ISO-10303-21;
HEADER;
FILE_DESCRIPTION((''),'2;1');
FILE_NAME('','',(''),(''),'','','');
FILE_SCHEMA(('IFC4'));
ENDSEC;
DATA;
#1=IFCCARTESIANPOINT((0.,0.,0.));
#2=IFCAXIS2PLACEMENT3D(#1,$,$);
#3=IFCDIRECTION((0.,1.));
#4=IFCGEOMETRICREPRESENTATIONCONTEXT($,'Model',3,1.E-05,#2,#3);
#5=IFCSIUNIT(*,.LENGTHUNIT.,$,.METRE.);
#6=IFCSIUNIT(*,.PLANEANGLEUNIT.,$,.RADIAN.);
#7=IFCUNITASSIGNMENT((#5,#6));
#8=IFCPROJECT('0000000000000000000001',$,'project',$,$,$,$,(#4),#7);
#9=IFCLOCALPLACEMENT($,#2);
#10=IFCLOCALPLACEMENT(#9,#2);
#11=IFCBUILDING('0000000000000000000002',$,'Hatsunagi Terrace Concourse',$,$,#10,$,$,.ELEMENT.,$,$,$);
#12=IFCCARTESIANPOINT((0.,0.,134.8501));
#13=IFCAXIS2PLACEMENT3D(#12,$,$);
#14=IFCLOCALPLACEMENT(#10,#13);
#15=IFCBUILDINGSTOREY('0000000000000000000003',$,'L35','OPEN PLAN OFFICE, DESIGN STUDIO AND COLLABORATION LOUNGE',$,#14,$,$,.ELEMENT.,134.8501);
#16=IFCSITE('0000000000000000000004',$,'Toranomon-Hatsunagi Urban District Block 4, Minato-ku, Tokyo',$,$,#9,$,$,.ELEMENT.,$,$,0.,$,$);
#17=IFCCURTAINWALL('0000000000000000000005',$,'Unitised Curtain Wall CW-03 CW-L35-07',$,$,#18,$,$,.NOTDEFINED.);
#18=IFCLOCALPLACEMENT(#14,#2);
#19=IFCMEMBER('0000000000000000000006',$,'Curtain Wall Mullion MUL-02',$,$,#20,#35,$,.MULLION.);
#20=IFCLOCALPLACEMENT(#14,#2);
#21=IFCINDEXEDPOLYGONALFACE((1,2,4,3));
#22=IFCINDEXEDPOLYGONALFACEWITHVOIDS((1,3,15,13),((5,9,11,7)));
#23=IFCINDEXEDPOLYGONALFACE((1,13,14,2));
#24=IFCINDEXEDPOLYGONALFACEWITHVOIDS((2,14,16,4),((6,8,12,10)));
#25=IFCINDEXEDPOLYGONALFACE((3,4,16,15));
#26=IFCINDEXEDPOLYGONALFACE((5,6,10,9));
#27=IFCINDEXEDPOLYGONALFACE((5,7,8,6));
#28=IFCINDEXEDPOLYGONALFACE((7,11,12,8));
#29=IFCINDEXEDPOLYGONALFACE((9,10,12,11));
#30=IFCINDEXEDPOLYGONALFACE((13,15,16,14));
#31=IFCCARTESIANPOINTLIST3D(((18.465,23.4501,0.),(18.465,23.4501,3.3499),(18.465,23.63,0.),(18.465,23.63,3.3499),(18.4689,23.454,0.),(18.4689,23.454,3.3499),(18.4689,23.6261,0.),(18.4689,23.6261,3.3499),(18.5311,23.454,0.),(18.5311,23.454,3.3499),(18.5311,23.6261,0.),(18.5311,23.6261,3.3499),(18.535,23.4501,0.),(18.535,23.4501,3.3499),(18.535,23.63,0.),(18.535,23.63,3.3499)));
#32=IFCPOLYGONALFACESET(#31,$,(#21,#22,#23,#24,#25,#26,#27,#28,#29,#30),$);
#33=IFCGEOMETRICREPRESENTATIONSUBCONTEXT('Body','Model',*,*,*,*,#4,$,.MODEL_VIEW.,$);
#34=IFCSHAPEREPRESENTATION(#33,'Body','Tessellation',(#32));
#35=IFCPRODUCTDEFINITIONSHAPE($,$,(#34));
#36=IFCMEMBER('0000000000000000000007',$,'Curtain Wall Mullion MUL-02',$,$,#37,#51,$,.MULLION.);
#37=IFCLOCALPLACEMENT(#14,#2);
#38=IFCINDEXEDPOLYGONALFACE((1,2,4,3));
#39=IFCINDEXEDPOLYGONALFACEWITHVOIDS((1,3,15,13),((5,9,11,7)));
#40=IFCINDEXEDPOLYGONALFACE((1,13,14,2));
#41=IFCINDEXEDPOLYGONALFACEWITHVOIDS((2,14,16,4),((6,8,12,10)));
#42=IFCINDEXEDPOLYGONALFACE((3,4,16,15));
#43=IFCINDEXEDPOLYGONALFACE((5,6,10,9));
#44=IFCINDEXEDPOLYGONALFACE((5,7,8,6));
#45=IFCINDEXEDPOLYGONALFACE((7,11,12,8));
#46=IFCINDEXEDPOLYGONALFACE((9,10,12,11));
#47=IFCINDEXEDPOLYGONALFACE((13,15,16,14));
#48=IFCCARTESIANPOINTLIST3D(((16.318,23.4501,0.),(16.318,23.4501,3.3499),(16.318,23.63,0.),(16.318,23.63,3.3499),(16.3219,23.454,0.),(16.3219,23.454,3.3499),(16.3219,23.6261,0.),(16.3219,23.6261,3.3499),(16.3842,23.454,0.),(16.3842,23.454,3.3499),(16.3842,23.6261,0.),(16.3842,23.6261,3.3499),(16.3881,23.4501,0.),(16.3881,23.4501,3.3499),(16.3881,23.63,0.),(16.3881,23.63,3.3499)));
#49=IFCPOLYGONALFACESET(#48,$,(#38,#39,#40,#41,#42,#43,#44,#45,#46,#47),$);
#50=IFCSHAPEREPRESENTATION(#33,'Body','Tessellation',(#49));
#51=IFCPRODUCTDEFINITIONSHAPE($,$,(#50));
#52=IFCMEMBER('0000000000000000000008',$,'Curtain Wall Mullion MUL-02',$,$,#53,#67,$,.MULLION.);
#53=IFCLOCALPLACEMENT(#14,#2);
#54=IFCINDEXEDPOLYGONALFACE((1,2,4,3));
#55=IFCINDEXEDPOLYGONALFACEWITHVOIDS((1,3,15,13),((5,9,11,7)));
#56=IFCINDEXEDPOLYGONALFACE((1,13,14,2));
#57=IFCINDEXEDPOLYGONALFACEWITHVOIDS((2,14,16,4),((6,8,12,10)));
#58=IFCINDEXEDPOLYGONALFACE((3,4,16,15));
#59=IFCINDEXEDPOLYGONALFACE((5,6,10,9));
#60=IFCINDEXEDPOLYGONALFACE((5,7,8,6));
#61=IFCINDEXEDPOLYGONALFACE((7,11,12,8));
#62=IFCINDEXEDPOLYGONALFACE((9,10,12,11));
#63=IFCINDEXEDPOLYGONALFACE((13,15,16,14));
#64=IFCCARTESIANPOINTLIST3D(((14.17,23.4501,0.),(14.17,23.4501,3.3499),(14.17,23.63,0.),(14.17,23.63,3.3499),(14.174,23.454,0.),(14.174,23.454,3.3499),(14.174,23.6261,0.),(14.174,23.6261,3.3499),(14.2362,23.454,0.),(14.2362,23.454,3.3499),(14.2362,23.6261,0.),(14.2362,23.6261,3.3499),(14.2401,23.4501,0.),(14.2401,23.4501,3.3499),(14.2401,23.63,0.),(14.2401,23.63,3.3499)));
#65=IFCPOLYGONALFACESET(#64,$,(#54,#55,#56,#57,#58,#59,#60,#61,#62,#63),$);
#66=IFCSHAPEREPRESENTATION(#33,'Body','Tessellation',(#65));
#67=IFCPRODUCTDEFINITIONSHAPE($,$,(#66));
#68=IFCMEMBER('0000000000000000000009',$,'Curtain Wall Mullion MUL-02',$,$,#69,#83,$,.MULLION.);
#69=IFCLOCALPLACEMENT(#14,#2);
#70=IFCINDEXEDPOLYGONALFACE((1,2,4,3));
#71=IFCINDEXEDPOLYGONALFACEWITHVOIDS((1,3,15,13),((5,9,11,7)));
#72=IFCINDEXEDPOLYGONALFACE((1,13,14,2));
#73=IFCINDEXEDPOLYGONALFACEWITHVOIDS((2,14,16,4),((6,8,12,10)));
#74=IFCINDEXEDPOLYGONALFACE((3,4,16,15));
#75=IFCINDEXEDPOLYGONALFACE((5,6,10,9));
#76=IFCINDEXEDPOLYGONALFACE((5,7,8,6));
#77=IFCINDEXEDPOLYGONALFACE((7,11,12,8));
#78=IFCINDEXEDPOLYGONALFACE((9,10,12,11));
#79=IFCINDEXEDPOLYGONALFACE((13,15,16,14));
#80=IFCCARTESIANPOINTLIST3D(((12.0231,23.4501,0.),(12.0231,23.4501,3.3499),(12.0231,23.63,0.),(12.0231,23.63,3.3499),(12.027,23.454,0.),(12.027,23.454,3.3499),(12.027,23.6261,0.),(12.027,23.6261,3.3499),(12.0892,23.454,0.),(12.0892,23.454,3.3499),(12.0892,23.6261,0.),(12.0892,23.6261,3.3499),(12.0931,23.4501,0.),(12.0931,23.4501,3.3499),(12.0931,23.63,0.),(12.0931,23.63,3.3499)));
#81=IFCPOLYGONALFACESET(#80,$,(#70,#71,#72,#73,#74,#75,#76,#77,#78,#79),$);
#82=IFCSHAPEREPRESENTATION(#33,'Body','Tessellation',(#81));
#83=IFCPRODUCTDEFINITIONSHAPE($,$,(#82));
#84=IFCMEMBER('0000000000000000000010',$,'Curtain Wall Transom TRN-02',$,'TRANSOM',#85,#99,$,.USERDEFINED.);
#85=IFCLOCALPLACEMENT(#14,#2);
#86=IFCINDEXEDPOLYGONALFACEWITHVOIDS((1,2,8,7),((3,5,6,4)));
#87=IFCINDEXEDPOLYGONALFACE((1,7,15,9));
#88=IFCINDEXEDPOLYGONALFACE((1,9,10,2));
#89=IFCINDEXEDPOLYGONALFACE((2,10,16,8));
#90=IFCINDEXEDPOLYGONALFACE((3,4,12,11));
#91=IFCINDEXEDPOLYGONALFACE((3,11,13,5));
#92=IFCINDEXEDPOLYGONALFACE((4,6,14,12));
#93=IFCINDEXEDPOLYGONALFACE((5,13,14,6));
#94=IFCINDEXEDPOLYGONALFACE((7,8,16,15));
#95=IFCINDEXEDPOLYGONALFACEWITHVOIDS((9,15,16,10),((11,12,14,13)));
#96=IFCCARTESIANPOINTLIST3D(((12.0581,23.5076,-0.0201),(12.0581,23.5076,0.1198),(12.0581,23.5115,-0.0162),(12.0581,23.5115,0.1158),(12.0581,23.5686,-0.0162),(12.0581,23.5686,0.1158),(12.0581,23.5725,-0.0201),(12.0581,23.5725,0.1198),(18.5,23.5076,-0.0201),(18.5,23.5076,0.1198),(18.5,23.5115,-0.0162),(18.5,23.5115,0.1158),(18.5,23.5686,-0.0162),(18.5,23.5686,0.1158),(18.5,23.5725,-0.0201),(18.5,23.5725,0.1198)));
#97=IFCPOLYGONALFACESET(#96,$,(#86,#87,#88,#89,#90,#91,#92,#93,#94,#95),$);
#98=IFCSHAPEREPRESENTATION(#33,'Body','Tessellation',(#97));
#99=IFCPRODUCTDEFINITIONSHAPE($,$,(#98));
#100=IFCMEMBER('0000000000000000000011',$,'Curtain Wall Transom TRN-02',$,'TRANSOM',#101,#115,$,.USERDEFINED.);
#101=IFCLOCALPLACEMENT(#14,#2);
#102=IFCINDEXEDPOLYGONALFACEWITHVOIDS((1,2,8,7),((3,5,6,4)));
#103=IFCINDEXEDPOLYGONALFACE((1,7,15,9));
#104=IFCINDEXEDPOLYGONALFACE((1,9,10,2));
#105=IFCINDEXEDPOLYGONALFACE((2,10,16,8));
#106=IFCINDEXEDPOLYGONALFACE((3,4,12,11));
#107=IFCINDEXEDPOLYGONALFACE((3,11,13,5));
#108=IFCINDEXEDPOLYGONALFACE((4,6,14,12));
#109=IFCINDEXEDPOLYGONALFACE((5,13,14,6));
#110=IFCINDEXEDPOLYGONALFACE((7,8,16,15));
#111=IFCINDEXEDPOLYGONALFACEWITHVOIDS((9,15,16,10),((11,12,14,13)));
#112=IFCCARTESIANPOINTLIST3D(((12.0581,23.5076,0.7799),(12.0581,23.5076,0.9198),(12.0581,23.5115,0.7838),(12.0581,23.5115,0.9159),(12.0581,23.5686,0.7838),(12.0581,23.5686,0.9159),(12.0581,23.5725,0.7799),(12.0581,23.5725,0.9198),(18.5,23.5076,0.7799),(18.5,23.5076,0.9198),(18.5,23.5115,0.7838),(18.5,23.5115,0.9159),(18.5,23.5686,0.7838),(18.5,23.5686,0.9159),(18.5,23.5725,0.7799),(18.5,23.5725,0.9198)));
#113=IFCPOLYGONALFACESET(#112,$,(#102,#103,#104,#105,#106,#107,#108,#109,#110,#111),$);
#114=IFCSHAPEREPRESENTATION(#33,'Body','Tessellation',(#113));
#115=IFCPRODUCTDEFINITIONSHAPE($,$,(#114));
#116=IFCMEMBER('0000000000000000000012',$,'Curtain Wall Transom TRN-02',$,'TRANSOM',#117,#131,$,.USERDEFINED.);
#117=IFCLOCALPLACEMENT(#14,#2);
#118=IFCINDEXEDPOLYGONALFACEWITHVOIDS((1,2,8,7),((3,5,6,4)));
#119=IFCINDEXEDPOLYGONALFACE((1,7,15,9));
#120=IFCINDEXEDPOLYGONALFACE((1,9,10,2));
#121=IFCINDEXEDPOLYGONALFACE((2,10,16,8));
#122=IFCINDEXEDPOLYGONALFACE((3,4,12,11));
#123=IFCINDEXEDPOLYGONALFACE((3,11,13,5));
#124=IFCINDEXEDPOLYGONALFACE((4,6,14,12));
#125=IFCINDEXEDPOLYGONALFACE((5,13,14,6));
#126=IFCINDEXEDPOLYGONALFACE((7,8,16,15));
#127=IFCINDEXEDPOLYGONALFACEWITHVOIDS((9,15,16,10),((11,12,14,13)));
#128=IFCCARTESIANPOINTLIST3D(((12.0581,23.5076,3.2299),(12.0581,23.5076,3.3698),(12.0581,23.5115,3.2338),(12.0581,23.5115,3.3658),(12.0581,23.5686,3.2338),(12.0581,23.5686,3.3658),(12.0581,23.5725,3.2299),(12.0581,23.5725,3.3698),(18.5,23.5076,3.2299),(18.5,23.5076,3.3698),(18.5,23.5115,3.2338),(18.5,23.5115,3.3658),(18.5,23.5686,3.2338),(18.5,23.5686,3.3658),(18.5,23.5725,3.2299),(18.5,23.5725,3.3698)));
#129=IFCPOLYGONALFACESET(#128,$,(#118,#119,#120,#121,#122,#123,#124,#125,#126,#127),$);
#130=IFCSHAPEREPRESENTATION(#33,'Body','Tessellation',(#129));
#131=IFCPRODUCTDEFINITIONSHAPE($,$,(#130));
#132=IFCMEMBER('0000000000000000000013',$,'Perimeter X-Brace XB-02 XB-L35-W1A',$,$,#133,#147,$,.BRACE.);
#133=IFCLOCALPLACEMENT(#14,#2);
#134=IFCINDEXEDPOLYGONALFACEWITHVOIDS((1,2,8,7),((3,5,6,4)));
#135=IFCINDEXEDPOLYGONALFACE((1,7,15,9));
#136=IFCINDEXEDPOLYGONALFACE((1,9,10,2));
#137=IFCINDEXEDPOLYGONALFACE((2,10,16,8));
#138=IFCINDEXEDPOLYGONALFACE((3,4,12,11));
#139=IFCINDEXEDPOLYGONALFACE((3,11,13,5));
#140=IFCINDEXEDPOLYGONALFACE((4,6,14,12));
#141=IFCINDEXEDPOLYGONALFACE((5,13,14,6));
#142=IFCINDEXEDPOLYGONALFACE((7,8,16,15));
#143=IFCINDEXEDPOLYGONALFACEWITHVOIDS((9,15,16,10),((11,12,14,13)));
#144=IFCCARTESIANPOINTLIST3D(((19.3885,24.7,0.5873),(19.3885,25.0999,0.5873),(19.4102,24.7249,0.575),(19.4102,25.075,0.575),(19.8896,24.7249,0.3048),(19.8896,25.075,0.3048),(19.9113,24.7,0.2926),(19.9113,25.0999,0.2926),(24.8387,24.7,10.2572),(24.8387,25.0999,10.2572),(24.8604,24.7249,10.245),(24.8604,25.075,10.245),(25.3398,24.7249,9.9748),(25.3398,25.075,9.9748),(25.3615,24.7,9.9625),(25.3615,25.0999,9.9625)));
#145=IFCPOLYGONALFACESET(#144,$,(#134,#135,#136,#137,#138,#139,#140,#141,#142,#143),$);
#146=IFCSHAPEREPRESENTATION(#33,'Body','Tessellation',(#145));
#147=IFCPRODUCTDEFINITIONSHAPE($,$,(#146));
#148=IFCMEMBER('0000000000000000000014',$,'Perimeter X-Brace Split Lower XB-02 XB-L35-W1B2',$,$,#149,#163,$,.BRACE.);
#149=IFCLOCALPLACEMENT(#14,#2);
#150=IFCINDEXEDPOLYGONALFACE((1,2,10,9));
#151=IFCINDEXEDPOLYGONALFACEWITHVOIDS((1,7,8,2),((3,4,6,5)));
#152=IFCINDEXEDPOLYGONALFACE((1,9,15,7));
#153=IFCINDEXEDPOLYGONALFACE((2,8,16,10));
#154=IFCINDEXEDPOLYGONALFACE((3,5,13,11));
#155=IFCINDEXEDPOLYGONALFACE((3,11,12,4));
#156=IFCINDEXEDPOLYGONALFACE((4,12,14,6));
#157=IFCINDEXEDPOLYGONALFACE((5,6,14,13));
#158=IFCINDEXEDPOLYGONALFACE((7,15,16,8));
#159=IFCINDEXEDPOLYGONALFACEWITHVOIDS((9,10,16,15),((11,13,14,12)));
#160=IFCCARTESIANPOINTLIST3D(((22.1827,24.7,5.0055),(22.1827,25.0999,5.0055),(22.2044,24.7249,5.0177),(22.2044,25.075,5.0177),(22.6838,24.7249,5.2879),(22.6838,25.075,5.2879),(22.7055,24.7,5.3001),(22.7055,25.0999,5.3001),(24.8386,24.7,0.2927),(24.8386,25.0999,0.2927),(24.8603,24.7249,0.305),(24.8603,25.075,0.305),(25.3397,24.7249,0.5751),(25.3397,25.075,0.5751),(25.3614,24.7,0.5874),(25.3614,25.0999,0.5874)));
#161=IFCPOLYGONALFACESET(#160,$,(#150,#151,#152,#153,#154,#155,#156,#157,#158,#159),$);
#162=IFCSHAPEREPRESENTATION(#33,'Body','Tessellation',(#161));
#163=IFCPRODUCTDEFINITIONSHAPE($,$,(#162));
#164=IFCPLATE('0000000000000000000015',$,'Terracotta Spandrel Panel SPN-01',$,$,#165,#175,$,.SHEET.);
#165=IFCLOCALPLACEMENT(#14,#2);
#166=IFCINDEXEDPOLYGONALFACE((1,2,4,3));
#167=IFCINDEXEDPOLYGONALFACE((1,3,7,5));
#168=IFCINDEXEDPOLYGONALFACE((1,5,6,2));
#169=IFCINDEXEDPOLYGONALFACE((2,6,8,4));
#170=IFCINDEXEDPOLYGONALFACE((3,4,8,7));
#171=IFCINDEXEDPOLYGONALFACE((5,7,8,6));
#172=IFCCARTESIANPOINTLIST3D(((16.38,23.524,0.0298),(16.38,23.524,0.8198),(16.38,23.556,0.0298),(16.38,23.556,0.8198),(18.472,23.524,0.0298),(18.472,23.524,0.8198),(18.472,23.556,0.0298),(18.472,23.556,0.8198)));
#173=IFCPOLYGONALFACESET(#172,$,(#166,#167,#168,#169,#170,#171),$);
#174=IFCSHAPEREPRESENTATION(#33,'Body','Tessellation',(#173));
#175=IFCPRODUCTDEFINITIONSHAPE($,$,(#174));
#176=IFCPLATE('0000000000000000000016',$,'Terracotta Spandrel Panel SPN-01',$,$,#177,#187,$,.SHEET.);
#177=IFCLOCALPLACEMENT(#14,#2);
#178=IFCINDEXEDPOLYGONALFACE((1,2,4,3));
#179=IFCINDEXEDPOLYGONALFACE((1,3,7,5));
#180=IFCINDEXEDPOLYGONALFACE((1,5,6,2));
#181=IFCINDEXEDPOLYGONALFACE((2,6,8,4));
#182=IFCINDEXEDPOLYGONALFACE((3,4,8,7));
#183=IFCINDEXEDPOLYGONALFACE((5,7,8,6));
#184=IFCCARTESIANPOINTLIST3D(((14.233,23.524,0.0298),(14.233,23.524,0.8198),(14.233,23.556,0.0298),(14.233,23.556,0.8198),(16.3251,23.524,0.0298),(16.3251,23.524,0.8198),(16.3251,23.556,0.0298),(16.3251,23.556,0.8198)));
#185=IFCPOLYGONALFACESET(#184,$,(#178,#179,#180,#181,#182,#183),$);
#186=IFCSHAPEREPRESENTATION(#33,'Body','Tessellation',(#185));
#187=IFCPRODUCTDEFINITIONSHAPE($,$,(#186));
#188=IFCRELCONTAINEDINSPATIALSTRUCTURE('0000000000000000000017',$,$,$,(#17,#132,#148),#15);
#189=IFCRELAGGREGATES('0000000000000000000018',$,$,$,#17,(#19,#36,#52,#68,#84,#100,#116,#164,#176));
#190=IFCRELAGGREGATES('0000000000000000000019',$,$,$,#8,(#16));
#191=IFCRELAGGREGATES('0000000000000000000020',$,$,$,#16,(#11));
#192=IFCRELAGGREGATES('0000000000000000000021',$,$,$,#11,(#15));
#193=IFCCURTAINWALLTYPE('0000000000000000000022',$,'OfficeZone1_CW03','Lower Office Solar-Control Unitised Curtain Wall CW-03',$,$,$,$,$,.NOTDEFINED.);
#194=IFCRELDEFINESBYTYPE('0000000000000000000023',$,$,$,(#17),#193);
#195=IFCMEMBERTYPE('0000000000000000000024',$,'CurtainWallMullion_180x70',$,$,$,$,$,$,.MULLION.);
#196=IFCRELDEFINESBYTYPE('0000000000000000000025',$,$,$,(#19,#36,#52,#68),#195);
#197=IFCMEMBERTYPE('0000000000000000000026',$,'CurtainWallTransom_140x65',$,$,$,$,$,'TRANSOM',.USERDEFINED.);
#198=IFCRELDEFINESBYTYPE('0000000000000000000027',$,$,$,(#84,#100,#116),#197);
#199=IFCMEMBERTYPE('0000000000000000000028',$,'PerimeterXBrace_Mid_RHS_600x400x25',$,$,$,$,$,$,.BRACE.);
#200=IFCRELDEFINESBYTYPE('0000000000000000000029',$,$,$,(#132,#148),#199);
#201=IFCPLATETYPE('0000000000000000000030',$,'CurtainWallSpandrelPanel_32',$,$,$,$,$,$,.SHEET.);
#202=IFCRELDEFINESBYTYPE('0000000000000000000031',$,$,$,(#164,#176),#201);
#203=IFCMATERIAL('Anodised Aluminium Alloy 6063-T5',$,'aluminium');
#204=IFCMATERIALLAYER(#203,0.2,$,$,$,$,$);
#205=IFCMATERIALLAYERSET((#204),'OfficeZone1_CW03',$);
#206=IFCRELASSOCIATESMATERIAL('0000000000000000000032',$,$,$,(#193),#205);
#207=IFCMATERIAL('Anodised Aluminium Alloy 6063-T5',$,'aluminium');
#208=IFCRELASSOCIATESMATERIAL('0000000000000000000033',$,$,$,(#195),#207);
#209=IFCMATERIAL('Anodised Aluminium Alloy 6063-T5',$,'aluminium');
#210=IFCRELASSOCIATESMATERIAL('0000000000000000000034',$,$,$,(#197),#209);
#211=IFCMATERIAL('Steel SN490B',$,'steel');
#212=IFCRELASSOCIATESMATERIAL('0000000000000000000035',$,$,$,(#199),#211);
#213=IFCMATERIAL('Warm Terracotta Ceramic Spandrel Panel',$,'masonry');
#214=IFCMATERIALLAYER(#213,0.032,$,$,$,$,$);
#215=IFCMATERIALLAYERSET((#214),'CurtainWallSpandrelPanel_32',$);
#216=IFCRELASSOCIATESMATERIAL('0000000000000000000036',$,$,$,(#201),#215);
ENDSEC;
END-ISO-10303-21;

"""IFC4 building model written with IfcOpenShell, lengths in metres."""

from ifc_helpers import new_model, si_unit, direction, frame, origin, origin_2d, place, context, subcontext, project, spatial, rectangle, hollow_rectangle, extrude, material, layer, layer_set, material_profile, profile_set, type_object, element, aggregate, save


model = new_model("IFC4")

# Units and contexts
model_context = context("Model", 3, precision=1e-05, world=origin(), true_north=direction((0.0, 1.0)))
body_context = subcontext(model_context, "Body", "Model", "MODEL_VIEW")
ifc_project = project(units=[si_unit("LENGTHUNIT", "METRE"), si_unit("PLANEANGLEUNIT", "RADIAN")], contexts=[model_context])

# Site, building, storey
site_placement = place(None, origin())
site = spatial("IfcSite", under=ifc_project, at=site_placement, Name="Toranomon-Hatsunagi Urban District Block 4, Minato-ku, Tokyo", CompositionType="ELEMENT", RefElevation=0.0)
building_placement = place(site_placement, origin())
building = spatial("IfcBuilding", under=site, at=building_placement, Name="Hatsunagi Terrace Concourse", CompositionType="ELEMENT")
storey_placement = place(building_placement, frame((0.0, 0.0, 134.8501)))
storey = spatial("IfcBuildingStorey", under=building, at=storey_placement, Name="L35", Description="OPEN PLAN OFFICE, DESIGN STUDIO AND COLLABORATION LOUNGE", CompositionType="ELEMENT", Elevation=134.8501)

# Curtain wall, members
ifc_material_1 = material(Name="Anodised Aluminium Alloy 6063-T5", Category="aluminium")
ifc_layer_1 = layer(ifc_material_1, 0.2)
ifc_layer_set_1 = layer_set([ifc_layer_1], Name="OfficeZone1_CW03")
curtain_wall_type = type_object("IfcCurtainWallType", Name="OfficeZone1_CW03", Description="Lower Office Solar-Control Unitised Curtain Wall CW-03", PredefinedType="NOTDEFINED", material=ifc_layer_set_1)
curtain_wall_placement = place(storey_placement, origin())
curtain_wall = element("IfcCurtainWall", 1, at=curtain_wall_placement, inside=storey, type_object=curtain_wall_type, Name="Unitised Curtain Wall CW-03 CW-L35-07", PredefinedType="NOTDEFINED")
ifc_material_2 = material(Name="Anodised Aluminium Alloy 6063-T5", Category="aluminium")
ifc_material_profile_1 = material_profile(ifc_material_2, hollow_rectangle(XDim=0.0701, YDim=0.1799, WallThickness=0.0039, at=origin_2d()), Name="ALU-MUL-180x70x4")
ifc_profile_set_1 = profile_set([ifc_material_profile_1], Name="Anodised Aluminium Alloy 6063-T5")
member_type_1 = type_object("IfcMemberType", Name="CurtainWallMullion_180x70", PredefinedType="MULLION", material=ifc_profile_set_1)
member_1_placement = place(storey_placement, frame((18.5, 23.54, 0.0), z_axis=(0.0, 0.0, 1.0), x_axis=(-1.0, 0.0, 0.0)))
member_1 = element("IfcMember", 2, at=member_1_placement, type_object=member_type_1, Name="Curtain Wall Mullion MUL-02", PredefinedType="MULLION", context=body_context, shape_type="SweptSolid", body=[
    extrude(hollow_rectangle(XDim=0.0701, YDim=0.1799, WallThickness=0.0039, at=origin_2d()), origin(), (0.0, 0.0, 1.0), 3.3499),
])
member_2_placement = place(storey_placement, frame((16.353, 23.54, 0.0), z_axis=(0.0, 0.0, 1.0), x_axis=(-1.0, 0.0, 0.0)))
member_2 = element("IfcMember", 3, at=member_2_placement, type_object=member_type_1, Name="Curtain Wall Mullion MUL-02", PredefinedType="MULLION", context=body_context, shape_type="SweptSolid", body=[
    extrude(hollow_rectangle(XDim=0.0701, YDim=0.1799, WallThickness=0.0039, at=origin_2d()), origin(), (0.0, 0.0, 1.0), 3.3499),
])
member_3_placement = place(storey_placement, frame((14.2051, 23.54, 0.0), z_axis=(0.0, 0.0, 1.0), x_axis=(-1.0, 0.0, 0.0)))
member_3 = element("IfcMember", 4, at=member_3_placement, type_object=member_type_1, Name="Curtain Wall Mullion MUL-02", PredefinedType="MULLION", context=body_context, shape_type="SweptSolid", body=[
    extrude(hollow_rectangle(XDim=0.0701, YDim=0.1799, WallThickness=0.0039, at=origin_2d()), origin(), (0.0, 0.0, 1.0), 3.3499),
])
member_4_placement = place(storey_placement, frame((12.0581, 23.54, 0.0), z_axis=(0.0, 0.0, 1.0), x_axis=(-1.0, 0.0, 0.0)))
member_4 = element("IfcMember", 5, at=member_4_placement, type_object=member_type_1, Name="Curtain Wall Mullion MUL-02", PredefinedType="MULLION", context=body_context, shape_type="SweptSolid", body=[
    extrude(hollow_rectangle(XDim=0.0701, YDim=0.1799, WallThickness=0.0039, at=origin_2d()), origin(), (0.0, 0.0, 1.0), 3.3499),
])
ifc_material_3 = material(Name="Anodised Aluminium Alloy 6063-T5", Category="aluminium")
ifc_material_profile_2 = material_profile(ifc_material_3, hollow_rectangle(XDim=0.0649, YDim=0.1399, WallThickness=0.0039, at=origin_2d()), Name="ALU-TRN-140x65x4")
ifc_profile_set_2 = profile_set([ifc_material_profile_2], Name="Anodised Aluminium Alloy 6063-T5")
member_type_2 = type_object("IfcMemberType", Name="CurtainWallTransom_140x65", ElementType="TRANSOM", PredefinedType="USERDEFINED", material=ifc_profile_set_2)
member_5_placement = place(storey_placement, frame((18.5, 23.54, 0.0498), z_axis=(-1.0, 0.0, 0.0), x_axis=(0.0, -1.0, 0.0)))
member_5 = element("IfcMember", 6, at=member_5_placement, type_object=member_type_2, Name="Curtain Wall Transom TRN-02", ObjectType="TRANSOM", PredefinedType="USERDEFINED", context=body_context, shape_type="SweptSolid", body=[
    extrude(hollow_rectangle(XDim=0.0649, YDim=0.1399, WallThickness=0.0039, at=origin_2d()), origin(), (0.0, 0.0, 1.0), 6.4419),
])
member_6_placement = place(storey_placement, frame((18.5, 23.54, 0.8499), z_axis=(-1.0, 0.0, 0.0), x_axis=(0.0, -1.0, 0.0)))
member_6 = element("IfcMember", 7, at=member_6_placement, type_object=member_type_2, Name="Curtain Wall Transom TRN-02", ObjectType="TRANSOM", PredefinedType="USERDEFINED", context=body_context, shape_type="SweptSolid", body=[
    extrude(hollow_rectangle(XDim=0.0649, YDim=0.1399, WallThickness=0.0039, at=origin_2d()), origin(), (0.0, 0.0, 1.0), 6.4419),
])
member_7_placement = place(storey_placement, frame((18.5, 23.54, 3.2998), z_axis=(-1.0, 0.0, 0.0), x_axis=(0.0, -1.0, 0.0)))
member_7 = element("IfcMember", 8, at=member_7_placement, type_object=member_type_2, Name="Curtain Wall Transom TRN-02", ObjectType="TRANSOM", PredefinedType="USERDEFINED", context=body_context, shape_type="SweptSolid", body=[
    extrude(hollow_rectangle(XDim=0.0649, YDim=0.1399, WallThickness=0.0039, at=origin_2d()), origin(), (0.0, 0.0, 1.0), 6.4419),
])

# Members
ifc_material_4 = material(Name="Steel SN490B", Category="steel")
ifc_material_profile_3 = material_profile(ifc_material_4, hollow_rectangle(XDim=0.3999, YDim=0.6001, WallThickness=0.0249, at=origin_2d()), Name="RHS-600x400x25")
ifc_profile_set_3 = profile_set([ifc_material_profile_3], Name="Steel SN490B")
member_type_3 = type_object("IfcMemberType", Name="PerimeterXBrace_Mid_RHS_600x400x25", PredefinedType="BRACE", material=ifc_profile_set_3)
member_8_placement = place(storey_placement, frame((19.6499, 24.8999, 0.4399), z_axis=(0.491005, 0.0, 0.871157), x_axis=(0.0, 1.0, 0.0)))
element("IfcMember", 9, at=member_8_placement, inside=storey, type_object=member_type_3, Name="Perimeter X-Brace XB-02 XB-L35-W1A", PredefinedType="BRACE", context=body_context, shape_type="SweptSolid", body=[
    extrude(hollow_rectangle(XDim=0.3999, YDim=0.6001, WallThickness=0.0249, at=origin_2d()), origin(), (0.0, 0.0, 1.0), 11.1001),
])
member_9_placement = place(storey_placement, frame((22.4441, 24.8999, 5.1528), z_axis=(0.490964, 0.0, -0.87118), x_axis=(0.0, 1.0, 0.0)))
element("IfcMember", 10, at=member_9_placement, inside=storey, type_object=member_type_3, Name="Perimeter X-Brace Split Lower XB-02 XB-L35-W1B2", PredefinedType="BRACE", context=body_context, shape_type="SweptSolid", body=[
    extrude(hollow_rectangle(XDim=0.3999, YDim=0.6001, WallThickness=0.0249, at=origin_2d()), origin(), (0.0, 0.0, 1.0), 5.4097),
])

# Plates
ifc_material_5 = material(Name="Warm Terracotta Ceramic Spandrel Panel", Category="masonry")
ifc_layer_2 = layer(ifc_material_5, 0.032)
ifc_layer_set_2 = layer_set([ifc_layer_2], Name="CurtainWallSpandrelPanel_32")
plate_type_1 = type_object("IfcPlateType", Name="CurtainWallSpandrelPanel_32", PredefinedType="SHEET", material=ifc_layer_set_2)
plate_1_placement = place(storey_placement, frame((17.426, 23.54, 0.0298), z_axis=(0.0, 0.0, 1.0), x_axis=(-1.0, 0.0, 0.0)))
plate_1 = element("IfcPlate", 11, at=plate_1_placement, type_object=plate_type_1, Name="Terracotta Spandrel Panel SPN-01", PredefinedType="SHEET", context=body_context, shape_type="SweptSolid", body=[
    extrude(rectangle(XDim=2.092, YDim=0.032, at=origin_2d()), origin(), (0.0, 0.0, 1.0), 0.79),
])
plate_2_placement = place(storey_placement, frame((15.2791, 23.54, 0.0298), z_axis=(0.0, 0.0, 1.0), x_axis=(-1.0, 0.0, 0.0)))
plate_2 = element("IfcPlate", 12, at=plate_2_placement, type_object=plate_type_1, Name="Terracotta Spandrel Panel SPN-01", PredefinedType="SHEET", context=body_context, shape_type="SweptSolid", body=[
    extrude(rectangle(XDim=2.092, YDim=0.032, at=origin_2d()), origin(), (0.0, 0.0, 1.0), 0.79),
])
aggregate(curtain_wall, [member_1, member_2, member_3, member_4, member_5, member_6, member_7, plate_1, plate_2])

save(model, "model.ifc")
